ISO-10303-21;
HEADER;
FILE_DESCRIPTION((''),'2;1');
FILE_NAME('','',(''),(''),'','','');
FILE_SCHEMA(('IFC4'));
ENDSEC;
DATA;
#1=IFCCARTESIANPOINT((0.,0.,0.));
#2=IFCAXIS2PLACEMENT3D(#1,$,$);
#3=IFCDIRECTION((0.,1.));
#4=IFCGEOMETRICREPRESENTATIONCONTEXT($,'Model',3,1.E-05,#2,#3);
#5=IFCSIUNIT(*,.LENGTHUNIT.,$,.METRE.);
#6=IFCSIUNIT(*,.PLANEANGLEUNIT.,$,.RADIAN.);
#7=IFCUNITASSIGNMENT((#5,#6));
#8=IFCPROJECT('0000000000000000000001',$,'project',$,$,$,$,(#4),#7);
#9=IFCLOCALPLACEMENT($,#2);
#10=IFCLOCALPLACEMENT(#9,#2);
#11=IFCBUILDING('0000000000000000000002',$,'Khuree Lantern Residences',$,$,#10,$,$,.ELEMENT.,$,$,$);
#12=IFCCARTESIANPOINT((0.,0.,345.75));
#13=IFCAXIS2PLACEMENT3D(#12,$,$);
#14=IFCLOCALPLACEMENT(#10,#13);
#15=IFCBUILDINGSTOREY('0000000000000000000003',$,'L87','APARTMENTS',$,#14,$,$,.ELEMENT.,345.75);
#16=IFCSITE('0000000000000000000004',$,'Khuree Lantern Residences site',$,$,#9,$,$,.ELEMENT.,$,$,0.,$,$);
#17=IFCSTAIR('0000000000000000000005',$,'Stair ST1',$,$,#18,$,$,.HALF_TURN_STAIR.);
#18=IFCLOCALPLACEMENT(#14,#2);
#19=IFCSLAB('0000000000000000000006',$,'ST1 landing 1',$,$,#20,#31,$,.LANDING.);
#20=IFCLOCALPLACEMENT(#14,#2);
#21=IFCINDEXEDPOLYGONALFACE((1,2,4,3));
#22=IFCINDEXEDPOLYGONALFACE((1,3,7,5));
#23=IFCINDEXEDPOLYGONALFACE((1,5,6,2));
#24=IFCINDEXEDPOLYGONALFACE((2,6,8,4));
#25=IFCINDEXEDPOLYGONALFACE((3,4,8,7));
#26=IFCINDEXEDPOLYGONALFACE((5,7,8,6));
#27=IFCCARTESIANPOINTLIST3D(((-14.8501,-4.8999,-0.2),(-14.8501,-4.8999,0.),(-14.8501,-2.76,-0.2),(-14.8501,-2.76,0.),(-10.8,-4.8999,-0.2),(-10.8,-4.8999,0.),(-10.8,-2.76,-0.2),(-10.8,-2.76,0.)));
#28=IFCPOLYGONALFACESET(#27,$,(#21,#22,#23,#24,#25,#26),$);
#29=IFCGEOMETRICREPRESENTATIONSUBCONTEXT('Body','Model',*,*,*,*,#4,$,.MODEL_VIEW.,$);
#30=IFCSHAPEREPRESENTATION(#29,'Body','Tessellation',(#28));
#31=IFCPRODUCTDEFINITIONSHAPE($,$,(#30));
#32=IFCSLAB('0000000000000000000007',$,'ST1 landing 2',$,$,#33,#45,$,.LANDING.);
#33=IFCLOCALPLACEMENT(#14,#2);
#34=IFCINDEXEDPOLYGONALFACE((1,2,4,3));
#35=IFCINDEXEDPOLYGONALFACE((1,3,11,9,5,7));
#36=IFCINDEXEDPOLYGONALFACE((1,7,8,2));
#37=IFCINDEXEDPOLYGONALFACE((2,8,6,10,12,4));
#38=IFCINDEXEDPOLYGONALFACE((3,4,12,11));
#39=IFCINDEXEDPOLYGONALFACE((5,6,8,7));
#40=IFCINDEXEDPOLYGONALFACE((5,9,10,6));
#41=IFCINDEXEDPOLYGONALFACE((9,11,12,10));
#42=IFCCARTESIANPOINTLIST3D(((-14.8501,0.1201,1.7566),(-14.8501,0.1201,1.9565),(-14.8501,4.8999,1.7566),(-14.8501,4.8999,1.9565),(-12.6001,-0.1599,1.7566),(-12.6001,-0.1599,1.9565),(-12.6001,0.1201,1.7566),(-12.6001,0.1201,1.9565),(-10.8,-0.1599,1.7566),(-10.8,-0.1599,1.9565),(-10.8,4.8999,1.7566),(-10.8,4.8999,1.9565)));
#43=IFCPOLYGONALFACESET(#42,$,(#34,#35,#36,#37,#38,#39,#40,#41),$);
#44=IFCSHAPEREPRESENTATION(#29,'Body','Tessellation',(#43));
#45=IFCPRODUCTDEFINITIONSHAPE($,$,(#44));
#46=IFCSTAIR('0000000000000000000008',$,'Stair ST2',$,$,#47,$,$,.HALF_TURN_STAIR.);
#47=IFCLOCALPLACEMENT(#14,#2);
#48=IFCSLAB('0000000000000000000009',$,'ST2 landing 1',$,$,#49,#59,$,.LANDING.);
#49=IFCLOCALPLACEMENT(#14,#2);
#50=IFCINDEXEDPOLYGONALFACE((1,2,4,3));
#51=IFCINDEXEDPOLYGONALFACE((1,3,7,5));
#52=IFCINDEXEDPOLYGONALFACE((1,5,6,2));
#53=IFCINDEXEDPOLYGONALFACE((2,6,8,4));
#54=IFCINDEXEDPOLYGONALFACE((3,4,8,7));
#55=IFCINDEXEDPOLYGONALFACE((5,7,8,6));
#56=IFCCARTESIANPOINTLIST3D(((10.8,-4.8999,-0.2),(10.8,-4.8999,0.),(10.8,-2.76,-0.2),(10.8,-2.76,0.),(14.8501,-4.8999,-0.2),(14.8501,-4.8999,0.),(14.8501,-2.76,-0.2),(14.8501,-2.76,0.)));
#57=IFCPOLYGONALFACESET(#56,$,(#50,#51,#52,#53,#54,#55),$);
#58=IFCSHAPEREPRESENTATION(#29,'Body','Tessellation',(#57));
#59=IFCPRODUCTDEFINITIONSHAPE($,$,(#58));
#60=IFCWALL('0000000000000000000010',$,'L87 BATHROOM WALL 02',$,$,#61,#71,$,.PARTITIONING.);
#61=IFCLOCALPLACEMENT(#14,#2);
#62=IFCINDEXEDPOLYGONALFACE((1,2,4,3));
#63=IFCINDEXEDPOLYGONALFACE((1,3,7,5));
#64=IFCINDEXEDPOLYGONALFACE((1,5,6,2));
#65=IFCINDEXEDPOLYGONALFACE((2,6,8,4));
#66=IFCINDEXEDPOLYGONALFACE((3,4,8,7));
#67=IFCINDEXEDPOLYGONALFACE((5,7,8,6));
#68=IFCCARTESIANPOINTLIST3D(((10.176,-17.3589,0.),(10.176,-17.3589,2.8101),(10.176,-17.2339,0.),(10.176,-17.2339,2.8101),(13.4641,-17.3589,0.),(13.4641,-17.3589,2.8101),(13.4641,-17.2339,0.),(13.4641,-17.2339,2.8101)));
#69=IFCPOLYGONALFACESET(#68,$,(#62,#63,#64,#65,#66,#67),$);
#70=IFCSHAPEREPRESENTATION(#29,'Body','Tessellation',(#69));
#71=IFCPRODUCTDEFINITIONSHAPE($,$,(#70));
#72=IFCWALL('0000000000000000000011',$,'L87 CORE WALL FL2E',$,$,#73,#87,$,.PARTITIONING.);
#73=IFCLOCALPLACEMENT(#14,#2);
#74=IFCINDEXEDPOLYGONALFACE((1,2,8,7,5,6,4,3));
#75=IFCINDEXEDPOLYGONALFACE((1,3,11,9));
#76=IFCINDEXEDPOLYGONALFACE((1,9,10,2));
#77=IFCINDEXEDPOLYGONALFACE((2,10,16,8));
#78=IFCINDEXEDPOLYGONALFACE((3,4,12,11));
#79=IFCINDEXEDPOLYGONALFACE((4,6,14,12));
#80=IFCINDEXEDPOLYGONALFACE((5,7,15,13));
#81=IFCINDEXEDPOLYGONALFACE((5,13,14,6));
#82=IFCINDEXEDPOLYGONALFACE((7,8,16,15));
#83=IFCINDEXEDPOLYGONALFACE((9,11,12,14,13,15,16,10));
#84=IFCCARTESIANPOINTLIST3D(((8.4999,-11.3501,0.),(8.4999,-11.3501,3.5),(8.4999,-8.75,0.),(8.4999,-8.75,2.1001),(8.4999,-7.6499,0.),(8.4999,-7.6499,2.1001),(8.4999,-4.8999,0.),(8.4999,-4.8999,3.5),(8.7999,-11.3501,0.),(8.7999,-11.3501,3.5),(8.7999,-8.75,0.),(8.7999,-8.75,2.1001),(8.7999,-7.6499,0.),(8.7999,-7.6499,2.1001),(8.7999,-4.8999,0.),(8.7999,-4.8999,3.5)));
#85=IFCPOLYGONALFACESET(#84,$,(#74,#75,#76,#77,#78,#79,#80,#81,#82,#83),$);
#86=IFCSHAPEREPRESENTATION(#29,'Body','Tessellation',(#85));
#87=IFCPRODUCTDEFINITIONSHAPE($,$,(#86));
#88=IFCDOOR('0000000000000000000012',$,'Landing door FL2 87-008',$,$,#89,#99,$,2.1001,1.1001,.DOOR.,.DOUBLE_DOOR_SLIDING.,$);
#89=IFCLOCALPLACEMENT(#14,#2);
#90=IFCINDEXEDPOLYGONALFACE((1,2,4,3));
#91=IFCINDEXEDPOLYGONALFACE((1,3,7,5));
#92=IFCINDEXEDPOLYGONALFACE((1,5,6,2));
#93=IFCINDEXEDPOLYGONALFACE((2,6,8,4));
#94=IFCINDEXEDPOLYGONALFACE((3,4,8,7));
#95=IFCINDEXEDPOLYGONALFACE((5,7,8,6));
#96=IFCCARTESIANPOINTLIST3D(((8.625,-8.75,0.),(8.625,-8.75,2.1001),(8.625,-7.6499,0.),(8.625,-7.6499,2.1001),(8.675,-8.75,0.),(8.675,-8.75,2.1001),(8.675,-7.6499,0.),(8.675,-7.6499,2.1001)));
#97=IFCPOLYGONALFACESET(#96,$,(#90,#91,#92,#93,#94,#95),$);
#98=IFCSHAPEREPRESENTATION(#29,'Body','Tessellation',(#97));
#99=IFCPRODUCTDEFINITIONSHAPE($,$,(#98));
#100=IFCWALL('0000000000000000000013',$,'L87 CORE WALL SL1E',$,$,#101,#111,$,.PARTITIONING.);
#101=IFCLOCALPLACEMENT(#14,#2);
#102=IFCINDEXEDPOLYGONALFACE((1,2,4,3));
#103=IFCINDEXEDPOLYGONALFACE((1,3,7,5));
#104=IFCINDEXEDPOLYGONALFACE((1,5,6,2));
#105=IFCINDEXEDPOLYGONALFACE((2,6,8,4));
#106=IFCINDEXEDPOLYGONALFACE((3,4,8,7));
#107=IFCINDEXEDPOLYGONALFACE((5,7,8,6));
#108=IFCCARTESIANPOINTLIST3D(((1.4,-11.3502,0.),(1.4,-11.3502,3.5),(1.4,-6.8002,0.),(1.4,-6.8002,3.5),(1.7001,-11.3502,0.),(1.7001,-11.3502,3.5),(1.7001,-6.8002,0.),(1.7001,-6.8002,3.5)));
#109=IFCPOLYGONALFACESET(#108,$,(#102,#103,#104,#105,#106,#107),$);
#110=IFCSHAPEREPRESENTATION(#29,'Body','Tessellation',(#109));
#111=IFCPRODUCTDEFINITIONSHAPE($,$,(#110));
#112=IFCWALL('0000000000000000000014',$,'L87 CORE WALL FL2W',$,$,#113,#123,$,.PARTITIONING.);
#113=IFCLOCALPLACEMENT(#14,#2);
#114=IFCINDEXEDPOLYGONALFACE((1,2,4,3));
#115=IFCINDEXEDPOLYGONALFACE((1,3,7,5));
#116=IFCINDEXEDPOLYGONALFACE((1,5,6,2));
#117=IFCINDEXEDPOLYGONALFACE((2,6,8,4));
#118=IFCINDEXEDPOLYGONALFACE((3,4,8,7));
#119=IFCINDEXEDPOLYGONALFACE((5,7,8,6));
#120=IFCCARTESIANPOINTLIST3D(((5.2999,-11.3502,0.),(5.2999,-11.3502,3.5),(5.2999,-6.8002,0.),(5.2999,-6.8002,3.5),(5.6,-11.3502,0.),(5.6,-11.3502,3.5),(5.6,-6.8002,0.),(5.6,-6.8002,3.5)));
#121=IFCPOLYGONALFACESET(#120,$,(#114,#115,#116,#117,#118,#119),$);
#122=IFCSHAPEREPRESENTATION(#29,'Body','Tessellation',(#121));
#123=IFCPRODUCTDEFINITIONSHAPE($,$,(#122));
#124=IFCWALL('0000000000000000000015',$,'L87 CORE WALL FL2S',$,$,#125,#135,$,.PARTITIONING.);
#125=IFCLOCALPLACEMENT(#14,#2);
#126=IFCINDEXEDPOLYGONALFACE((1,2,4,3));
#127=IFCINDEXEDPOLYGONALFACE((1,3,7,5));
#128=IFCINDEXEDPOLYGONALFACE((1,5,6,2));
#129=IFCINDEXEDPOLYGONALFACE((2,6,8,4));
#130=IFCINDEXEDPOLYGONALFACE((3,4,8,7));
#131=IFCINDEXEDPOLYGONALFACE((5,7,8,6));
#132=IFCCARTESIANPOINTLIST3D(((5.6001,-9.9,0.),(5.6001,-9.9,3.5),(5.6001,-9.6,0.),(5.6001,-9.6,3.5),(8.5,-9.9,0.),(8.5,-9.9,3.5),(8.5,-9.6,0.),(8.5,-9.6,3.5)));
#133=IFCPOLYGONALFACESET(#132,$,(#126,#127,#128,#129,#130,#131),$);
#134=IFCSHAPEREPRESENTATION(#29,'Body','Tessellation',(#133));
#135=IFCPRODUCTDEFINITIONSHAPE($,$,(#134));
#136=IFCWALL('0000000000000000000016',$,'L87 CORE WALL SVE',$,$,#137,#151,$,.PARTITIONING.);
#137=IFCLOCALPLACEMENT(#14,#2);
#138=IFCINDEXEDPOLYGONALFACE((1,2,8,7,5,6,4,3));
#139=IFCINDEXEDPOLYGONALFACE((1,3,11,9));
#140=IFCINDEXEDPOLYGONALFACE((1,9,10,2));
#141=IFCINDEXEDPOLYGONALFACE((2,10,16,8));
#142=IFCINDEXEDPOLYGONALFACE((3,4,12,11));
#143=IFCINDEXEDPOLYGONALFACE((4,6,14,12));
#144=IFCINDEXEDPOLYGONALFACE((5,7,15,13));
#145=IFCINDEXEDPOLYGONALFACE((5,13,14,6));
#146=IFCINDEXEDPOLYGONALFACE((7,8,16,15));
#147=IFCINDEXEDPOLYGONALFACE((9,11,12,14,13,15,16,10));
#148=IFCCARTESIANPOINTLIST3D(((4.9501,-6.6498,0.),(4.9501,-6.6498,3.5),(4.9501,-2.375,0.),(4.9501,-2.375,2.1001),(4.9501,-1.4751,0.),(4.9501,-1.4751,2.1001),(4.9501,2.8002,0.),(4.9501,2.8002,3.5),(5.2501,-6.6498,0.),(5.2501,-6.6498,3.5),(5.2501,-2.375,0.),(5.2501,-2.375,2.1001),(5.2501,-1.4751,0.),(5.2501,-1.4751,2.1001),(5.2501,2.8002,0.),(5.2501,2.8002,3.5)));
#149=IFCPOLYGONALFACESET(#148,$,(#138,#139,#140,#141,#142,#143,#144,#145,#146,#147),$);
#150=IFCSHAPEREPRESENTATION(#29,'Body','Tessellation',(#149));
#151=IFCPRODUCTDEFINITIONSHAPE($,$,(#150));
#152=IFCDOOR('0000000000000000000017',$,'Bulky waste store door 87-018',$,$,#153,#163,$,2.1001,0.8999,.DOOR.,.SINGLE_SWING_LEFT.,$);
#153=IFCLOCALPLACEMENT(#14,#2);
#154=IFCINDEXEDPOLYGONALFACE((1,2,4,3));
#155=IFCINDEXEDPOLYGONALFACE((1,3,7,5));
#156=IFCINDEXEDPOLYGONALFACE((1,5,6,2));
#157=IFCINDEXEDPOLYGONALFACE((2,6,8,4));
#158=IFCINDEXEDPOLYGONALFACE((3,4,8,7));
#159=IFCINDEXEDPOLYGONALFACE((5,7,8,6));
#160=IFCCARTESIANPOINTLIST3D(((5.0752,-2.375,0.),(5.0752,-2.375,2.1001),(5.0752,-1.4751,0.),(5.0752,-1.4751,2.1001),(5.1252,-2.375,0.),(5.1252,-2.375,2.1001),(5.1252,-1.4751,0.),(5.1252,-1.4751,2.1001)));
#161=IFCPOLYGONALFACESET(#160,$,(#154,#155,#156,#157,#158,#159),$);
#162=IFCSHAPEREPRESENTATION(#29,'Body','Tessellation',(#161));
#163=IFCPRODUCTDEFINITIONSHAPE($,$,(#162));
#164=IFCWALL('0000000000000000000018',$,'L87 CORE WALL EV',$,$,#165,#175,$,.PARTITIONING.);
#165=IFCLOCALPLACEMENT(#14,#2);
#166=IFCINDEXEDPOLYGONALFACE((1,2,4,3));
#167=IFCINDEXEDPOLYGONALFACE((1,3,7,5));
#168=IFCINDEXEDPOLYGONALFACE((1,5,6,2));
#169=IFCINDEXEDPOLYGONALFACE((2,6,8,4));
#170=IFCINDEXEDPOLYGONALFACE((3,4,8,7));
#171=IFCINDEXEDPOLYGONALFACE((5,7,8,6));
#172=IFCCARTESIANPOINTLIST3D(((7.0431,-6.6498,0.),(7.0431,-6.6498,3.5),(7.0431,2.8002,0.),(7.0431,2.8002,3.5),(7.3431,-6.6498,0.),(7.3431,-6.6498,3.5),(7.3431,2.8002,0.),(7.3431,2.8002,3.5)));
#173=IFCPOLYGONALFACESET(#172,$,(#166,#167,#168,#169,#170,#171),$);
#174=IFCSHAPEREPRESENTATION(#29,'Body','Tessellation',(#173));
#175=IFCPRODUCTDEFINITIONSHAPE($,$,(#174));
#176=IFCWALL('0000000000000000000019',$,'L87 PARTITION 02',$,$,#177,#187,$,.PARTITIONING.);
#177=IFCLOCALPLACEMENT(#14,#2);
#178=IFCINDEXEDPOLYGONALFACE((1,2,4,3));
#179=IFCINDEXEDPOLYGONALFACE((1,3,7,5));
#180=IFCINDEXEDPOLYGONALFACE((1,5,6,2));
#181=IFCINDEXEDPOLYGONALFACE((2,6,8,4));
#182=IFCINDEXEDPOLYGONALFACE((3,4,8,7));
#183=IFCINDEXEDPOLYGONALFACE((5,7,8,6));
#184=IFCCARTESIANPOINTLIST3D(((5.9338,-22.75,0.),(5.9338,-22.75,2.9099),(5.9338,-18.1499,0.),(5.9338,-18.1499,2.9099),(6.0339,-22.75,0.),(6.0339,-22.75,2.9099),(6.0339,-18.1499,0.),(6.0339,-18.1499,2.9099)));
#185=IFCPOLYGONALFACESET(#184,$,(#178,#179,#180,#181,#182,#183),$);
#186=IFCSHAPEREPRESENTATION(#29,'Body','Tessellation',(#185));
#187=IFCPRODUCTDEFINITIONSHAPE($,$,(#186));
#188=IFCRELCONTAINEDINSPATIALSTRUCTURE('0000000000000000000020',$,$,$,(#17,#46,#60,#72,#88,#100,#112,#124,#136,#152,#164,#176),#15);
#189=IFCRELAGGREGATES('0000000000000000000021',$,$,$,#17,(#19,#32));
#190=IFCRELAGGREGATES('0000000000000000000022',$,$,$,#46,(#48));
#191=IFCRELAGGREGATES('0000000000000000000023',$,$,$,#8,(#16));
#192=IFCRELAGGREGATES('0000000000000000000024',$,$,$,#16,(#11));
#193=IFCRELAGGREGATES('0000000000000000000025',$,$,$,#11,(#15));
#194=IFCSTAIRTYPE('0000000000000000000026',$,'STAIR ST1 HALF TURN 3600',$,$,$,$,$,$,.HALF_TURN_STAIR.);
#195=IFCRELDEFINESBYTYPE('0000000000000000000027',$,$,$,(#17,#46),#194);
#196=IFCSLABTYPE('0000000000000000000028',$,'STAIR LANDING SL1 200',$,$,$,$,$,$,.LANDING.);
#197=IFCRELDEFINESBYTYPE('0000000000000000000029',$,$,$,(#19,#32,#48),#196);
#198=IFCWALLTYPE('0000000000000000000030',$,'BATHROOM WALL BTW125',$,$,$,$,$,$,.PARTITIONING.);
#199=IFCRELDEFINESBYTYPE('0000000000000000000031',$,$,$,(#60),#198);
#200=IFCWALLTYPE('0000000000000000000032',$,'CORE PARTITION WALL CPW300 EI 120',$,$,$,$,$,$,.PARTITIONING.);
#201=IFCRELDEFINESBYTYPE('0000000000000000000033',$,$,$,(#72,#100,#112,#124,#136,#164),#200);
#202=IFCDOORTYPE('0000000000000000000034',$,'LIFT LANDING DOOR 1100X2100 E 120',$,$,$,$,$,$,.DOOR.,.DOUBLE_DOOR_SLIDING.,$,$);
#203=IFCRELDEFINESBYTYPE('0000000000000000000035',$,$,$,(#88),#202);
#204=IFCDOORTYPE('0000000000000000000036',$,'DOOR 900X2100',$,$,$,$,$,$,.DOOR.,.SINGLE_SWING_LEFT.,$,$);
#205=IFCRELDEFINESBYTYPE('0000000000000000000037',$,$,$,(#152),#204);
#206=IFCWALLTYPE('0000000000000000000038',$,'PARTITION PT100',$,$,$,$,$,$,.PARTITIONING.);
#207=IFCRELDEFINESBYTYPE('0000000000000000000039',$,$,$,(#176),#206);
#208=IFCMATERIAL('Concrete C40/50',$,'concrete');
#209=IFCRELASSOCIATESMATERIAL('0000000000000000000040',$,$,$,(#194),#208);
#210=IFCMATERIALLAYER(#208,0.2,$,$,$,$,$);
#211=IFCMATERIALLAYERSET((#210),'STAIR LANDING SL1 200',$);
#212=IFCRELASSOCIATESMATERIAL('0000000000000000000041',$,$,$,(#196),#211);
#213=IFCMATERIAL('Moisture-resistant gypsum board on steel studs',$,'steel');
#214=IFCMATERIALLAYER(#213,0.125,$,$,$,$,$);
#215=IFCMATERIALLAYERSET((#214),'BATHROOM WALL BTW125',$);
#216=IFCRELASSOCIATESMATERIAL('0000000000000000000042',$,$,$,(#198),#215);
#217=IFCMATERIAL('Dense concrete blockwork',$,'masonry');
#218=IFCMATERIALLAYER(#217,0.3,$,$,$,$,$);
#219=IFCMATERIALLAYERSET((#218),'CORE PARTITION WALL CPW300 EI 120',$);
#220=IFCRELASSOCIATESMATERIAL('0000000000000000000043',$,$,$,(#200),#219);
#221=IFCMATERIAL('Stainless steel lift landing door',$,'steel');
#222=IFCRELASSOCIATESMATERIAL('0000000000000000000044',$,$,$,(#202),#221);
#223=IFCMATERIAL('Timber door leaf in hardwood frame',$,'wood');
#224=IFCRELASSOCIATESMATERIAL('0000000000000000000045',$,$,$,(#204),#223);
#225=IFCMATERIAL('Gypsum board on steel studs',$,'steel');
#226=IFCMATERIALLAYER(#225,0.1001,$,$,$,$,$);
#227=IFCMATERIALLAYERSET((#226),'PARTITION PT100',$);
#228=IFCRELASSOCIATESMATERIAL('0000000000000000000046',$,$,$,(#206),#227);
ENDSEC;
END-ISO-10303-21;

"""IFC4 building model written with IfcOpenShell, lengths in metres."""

from ifc_helpers import new_model, si_unit, direction, frame, frame_2d, origin, place, context, subcontext, project, spatial, polyline, rectangle, outline, extrude, material, layer, layer_set, type_object, element, fill, aggregate, save


model = new_model("IFC4")

# Units and contexts
model_context = context("Model", 3, precision=1e-05, world=origin(), true_north=direction((0.0, 1.0)))
body_context = subcontext(model_context, "Body", "Model", "MODEL_VIEW")
ifc_project = project(units=[si_unit("LENGTHUNIT", "METRE"), si_unit("PLANEANGLEUNIT", "RADIAN")], contexts=[model_context])

# Site, building, storey
site_placement = place(None, origin())
site = spatial("IfcSite", under=ifc_project, at=site_placement, Name="Khuree Lantern Residences site", CompositionType="ELEMENT", RefElevation=0.0)
building_placement = place(site_placement, origin())
building = spatial("IfcBuilding", under=site, at=building_placement, Name="Khuree Lantern Residences", CompositionType="ELEMENT")
storey_placement = place(building_placement, frame((0.0, 0.0, 345.75)))
storey = spatial("IfcBuildingStorey", under=building, at=storey_placement, Name="L87", Description="APARTMENTS", CompositionType="ELEMENT", Elevation=345.75)

# Stair, slabs
ifc_material_1 = material(Name="Concrete C40/50", Category="concrete")
stair_type = type_object("IfcStairType", Name="STAIR ST1 HALF TURN 3600", PredefinedType="HALF_TURN_STAIR", material=ifc_material_1)
stair_1_placement = place(storey_placement, origin())
stair_1 = element("IfcStair", 1, at=stair_1_placement, inside=storey, type_object=stair_type, Name="Stair ST1", PredefinedType="HALF_TURN_STAIR")
ifc_layer_1 = layer(ifc_material_1, 0.2)
ifc_layer_set_1 = layer_set([ifc_layer_1], Name="STAIR LANDING SL1 200")
slab_type = type_object("IfcSlabType", Name="STAIR LANDING SL1 200", PredefinedType="LANDING", material=ifc_layer_set_1)
slab_1_placement = place(storey_placement, frame((0.0, 0.0, -0.2)))
slab_1 = element("IfcSlab", 2, at=slab_1_placement, type_object=slab_type, Name="ST1 landing 1", PredefinedType="LANDING", context=body_context, shape_type="SweptSolid", body=[
    extrude(outline(polyline([(-14.8501, -4.8999), (-10.8, -4.8999), (-10.8, -2.76), (-14.8501, -2.76), (-14.8501, -4.8999)])), origin(), (0.0, 0.0, 1.0), 0.2),
])
slab_2_placement = place(storey_placement, frame((0.0, 0.0, 1.7566)))
slab_2 = element("IfcSlab", 3, at=slab_2_placement, type_object=slab_type, Name="ST1 landing 2", PredefinedType="LANDING", context=body_context, shape_type="SweptSolid", body=[
    extrude(outline(polyline([(-14.8501, 0.1201), (-14.8501, 4.8999), (-10.8, 4.8999), (-10.8, -0.1599), (-12.6001, -0.1599), (-12.6001, 0.1201), (-14.8501, 0.1201)])), origin(), (0.0, 0.0, 1.0), 0.2),
])
aggregate(stair_1, [slab_1, slab_2])

# Stair, slab
stair_2_placement = place(storey_placement, origin())
stair_2 = element("IfcStair", 4, at=stair_2_placement, inside=storey, type_object=stair_type, Name="Stair ST2", PredefinedType="HALF_TURN_STAIR")
slab_3_placement = place(storey_placement, frame((0.0, 0.0, -0.2)))
slab_3 = element("IfcSlab", 5, at=slab_3_placement, type_object=slab_type, Name="ST2 landing 1", PredefinedType="LANDING", context=body_context, shape_type="SweptSolid", body=[
    extrude(outline(polyline([(10.8, -4.8999), (14.8501, -4.8999), (14.8501, -2.76), (10.8, -2.76), (10.8, -4.8999)])), origin(), (0.0, 0.0, 1.0), 0.2),
])

# Wall
ifc_material_2 = material(Name="Moisture-resistant gypsum board on steel studs", Category="steel")
ifc_layer_2 = layer(ifc_material_2, 0.125)
ifc_layer_set_2 = layer_set([ifc_layer_2], Name="BATHROOM WALL BTW125")
wall_type_1 = type_object("IfcWallType", Name="BATHROOM WALL BTW125", PredefinedType="PARTITIONING", material=ifc_layer_set_2)
wall_1_placement = place(storey_placement, frame((10.176, -17.2964, 0.0), z_axis=(0.0, 0.0, 1.0), x_axis=(1.0, 0.0, 0.0)))
element("IfcWall", 6, at=wall_1_placement, inside=storey, type_object=wall_type_1, Name="L87 BATHROOM WALL 02", PredefinedType="PARTITIONING", context=body_context, shape_type="SweptSolid", body=[
    extrude(rectangle(XDim=3.2881, YDim=0.125, at=frame_2d((1.644, 0.0))), origin(), (0.0, 0.0, 1.0), 2.8101),
])

# Wall, opening, door
ifc_material_3 = material(Name="Dense concrete blockwork", Category="masonry")
ifc_layer_3 = layer(ifc_material_3, 0.3)
ifc_layer_set_3 = layer_set([ifc_layer_3], Name="CORE PARTITION WALL CPW300 EI 120")
wall_type_2 = type_object("IfcWallType", Name="CORE PARTITION WALL CPW300 EI 120", PredefinedType="PARTITIONING", material=ifc_layer_set_3)
wall_2_placement = place(storey_placement, frame((8.6499, -11.3501, 0.0), z_axis=(0.0, 0.0, 1.0), x_axis=(0.0, 1.0, 0.0)))
wall_2 = element("IfcWall", 7, at=wall_2_placement, inside=storey, type_object=wall_type_2, Name="L87 CORE WALL FL2E", PredefinedType="PARTITIONING", context=body_context, shape_type="SweptSolid", body=[
    extrude(rectangle(XDim=6.4502, YDim=0.3, at=frame_2d((3.2251, 0.0))), origin(), (0.0, 0.0, 1.0), 3.5),
])
opening_1_placement = place(wall_2_placement, frame((2.6001, 0.0, 0.0)))
opening_1 = element("IfcOpeningElement", 8, at=opening_1_placement, cuts=wall_2, PredefinedType="OPENING", context=body_context, shape_type="SweptSolid", body=[
    extrude(rectangle(XDim=1.1001, YDim=2.1001, at=frame_2d((0.55, 1.05))), frame((0.0, 0.1602, 0.0), z_axis=(0.0, -1.0, 0.0), x_axis=(1.0, 0.0, 0.0)), (0.0, 0.0, 1.0), 0.3201),
])
ifc_material_4 = material(Name="Stainless steel lift landing door", Category="steel")
door_type_1 = type_object("IfcDoorType", Name="LIFT LANDING DOOR 1100X2100 E 120", OperationType="DOUBLE_DOOR_SLIDING", PredefinedType="DOOR", material=ifc_material_4)
door_1_placement = place(opening_1_placement, origin())
door_1 = element("IfcDoor", 9, at=door_1_placement, inside=storey, type_object=door_type_1, Name="Landing door FL2 87-008", OperationType="DOUBLE_DOOR_SLIDING", OverallHeight=2.1001, OverallWidth=1.1001, PredefinedType="DOOR", context=body_context, shape_type="SweptSolid", body=[
    extrude(rectangle(XDim=1.1001, YDim=2.1001, at=frame_2d((0.55, 1.05))), frame((0.0, 0.0249, 0.0), z_axis=(0.0, -1.0, 0.0), x_axis=(1.0, 0.0, 0.0)), (0.0, 0.0, 1.0), 0.05),
])
fill(opening_1, door_1)

# Walls
for number, where, z_axis, x_axis, name in (
    (10, (1.55, -11.3501, 0.0), (0.0, 0.0, 1.0), (0.0, 1.0, 0.0), "L87 CORE WALL SL1E"),
    (11, (5.45, -11.3501, 0.0), (0.0, 0.0, 1.0), (0.0, 1.0, 0.0), "L87 CORE WALL FL2W"),
):
    element("IfcWall", number, at=place(storey_placement, frame(where, z_axis=z_axis, x_axis=x_axis)), inside=storey, type_object=wall_type_2, Name=name, PredefinedType="PARTITIONING", context=body_context, shape_type="SweptSolid", body=[
        extrude(rectangle(XDim=4.55, YDim=0.3, at=frame_2d((2.2749, 0.0))), origin(), (0.0, 0.0, 1.0), 3.5),
    ])
wall_3_placement = place(storey_placement, frame((5.6001, -9.75, 0.0), z_axis=(0.0, 0.0, 1.0), x_axis=(1.0, 0.0, 0.0)))
element("IfcWall", 12, at=wall_3_placement, inside=storey, type_object=wall_type_2, Name="L87 CORE WALL FL2S", PredefinedType="PARTITIONING", context=body_context, shape_type="SweptSolid", body=[
    extrude(rectangle(XDim=2.8999, YDim=0.3, at=frame_2d((1.45, 0.0))), origin(), (0.0, 0.0, 1.0), 3.5),
])

# Wall, opening, door
wall_4_placement = place(storey_placement, frame((5.1001, -6.6499, 0.0), z_axis=(0.0, 0.0, 1.0), x_axis=(0.0, 1.0, 0.0)))
wall_4 = element("IfcWall", 13, at=wall_4_placement, inside=storey, type_object=wall_type_2, Name="L87 CORE WALL SVE", PredefinedType="PARTITIONING", context=body_context, shape_type="SweptSolid", body=[
    extrude(rectangle(XDim=9.45, YDim=0.3, at=frame_2d((4.7251, 0.0))), origin(), (0.0, 0.0, 1.0), 3.5),
])
opening_2_placement = place(wall_4_placement, frame((4.2749, 0.0, 0.0)))
opening_2 = element("IfcOpeningElement", 14, at=opening_2_placement, cuts=wall_4, PredefinedType="OPENING", context=body_context, shape_type="SweptSolid", body=[
    extrude(rectangle(XDim=0.8999, YDim=2.1001, at=frame_2d((0.45, 1.05))), frame((0.0, 0.1602, 0.0), z_axis=(0.0, -1.0, 0.0), x_axis=(1.0, 0.0, 0.0)), (0.0, 0.0, 1.0), 0.3201),
])
ifc_material_5 = material(Name="Timber door leaf in hardwood frame", Category="wood")
door_type_2 = type_object("IfcDoorType", Name="DOOR 900X2100", OperationType="SINGLE_SWING_LEFT", PredefinedType="DOOR", material=ifc_material_5)
door_2_placement = place(opening_2_placement, origin())
door_2 = element("IfcDoor", 15, at=door_2_placement, inside=storey, type_object=door_type_2, Name="Bulky waste store door 87-018", OperationType="SINGLE_SWING_LEFT", OverallHeight=2.1001, OverallWidth=0.8999, PredefinedType="DOOR", context=body_context, shape_type="SweptSolid", body=[
    extrude(rectangle(XDim=0.8999, YDim=2.1001, at=frame_2d((0.45, 1.05))), frame((0.0, 0.0249, 0.0), z_axis=(0.0, -1.0, 0.0), x_axis=(1.0, 0.0, 0.0)), (0.0, 0.0, 1.0), 0.05),
])
fill(opening_2, door_2)

# Walls
wall_5_placement = place(storey_placement, frame((7.1931, -6.6499, 0.0), z_axis=(0.0, 0.0, 1.0), x_axis=(0.0, 1.0, 0.0)))
element("IfcWall", 16, at=wall_5_placement, inside=storey, type_object=wall_type_2, Name="L87 CORE WALL EV", PredefinedType="PARTITIONING", context=body_context, shape_type="SweptSolid", body=[
    extrude(rectangle(XDim=9.45, YDim=0.3, at=frame_2d((4.7251, 0.0))), origin(), (0.0, 0.0, 1.0), 3.5),
])
ifc_material_6 = material(Name="Gypsum board on steel studs", Category="steel")
ifc_layer_4 = layer(ifc_material_6, 0.1001)
ifc_layer_set_4 = layer_set([ifc_layer_4], Name="PARTITION PT100")
wall_type_3 = type_object("IfcWallType", Name="PARTITION PT100", PredefinedType="PARTITIONING", material=ifc_layer_set_4)
wall_6_placement = place(storey_placement, frame((5.9839, -18.1499, 0.0), z_axis=(0.0, 0.0, 1.0), x_axis=(0.0, -1.0, 0.0)))
element("IfcWall", 17, at=wall_6_placement, inside=storey, type_object=wall_type_3, Name="L87 PARTITION 02", PredefinedType="PARTITIONING", context=body_context, shape_type="SweptSolid", body=[
    extrude(rectangle(XDim=4.6001, YDim=0.1001, at=frame_2d((2.3, 0.0))), origin(), (0.0, 0.0, 1.0), 2.9099),
])

aggregate(stair_2, [slab_3])

save(model, "model.ifc")
